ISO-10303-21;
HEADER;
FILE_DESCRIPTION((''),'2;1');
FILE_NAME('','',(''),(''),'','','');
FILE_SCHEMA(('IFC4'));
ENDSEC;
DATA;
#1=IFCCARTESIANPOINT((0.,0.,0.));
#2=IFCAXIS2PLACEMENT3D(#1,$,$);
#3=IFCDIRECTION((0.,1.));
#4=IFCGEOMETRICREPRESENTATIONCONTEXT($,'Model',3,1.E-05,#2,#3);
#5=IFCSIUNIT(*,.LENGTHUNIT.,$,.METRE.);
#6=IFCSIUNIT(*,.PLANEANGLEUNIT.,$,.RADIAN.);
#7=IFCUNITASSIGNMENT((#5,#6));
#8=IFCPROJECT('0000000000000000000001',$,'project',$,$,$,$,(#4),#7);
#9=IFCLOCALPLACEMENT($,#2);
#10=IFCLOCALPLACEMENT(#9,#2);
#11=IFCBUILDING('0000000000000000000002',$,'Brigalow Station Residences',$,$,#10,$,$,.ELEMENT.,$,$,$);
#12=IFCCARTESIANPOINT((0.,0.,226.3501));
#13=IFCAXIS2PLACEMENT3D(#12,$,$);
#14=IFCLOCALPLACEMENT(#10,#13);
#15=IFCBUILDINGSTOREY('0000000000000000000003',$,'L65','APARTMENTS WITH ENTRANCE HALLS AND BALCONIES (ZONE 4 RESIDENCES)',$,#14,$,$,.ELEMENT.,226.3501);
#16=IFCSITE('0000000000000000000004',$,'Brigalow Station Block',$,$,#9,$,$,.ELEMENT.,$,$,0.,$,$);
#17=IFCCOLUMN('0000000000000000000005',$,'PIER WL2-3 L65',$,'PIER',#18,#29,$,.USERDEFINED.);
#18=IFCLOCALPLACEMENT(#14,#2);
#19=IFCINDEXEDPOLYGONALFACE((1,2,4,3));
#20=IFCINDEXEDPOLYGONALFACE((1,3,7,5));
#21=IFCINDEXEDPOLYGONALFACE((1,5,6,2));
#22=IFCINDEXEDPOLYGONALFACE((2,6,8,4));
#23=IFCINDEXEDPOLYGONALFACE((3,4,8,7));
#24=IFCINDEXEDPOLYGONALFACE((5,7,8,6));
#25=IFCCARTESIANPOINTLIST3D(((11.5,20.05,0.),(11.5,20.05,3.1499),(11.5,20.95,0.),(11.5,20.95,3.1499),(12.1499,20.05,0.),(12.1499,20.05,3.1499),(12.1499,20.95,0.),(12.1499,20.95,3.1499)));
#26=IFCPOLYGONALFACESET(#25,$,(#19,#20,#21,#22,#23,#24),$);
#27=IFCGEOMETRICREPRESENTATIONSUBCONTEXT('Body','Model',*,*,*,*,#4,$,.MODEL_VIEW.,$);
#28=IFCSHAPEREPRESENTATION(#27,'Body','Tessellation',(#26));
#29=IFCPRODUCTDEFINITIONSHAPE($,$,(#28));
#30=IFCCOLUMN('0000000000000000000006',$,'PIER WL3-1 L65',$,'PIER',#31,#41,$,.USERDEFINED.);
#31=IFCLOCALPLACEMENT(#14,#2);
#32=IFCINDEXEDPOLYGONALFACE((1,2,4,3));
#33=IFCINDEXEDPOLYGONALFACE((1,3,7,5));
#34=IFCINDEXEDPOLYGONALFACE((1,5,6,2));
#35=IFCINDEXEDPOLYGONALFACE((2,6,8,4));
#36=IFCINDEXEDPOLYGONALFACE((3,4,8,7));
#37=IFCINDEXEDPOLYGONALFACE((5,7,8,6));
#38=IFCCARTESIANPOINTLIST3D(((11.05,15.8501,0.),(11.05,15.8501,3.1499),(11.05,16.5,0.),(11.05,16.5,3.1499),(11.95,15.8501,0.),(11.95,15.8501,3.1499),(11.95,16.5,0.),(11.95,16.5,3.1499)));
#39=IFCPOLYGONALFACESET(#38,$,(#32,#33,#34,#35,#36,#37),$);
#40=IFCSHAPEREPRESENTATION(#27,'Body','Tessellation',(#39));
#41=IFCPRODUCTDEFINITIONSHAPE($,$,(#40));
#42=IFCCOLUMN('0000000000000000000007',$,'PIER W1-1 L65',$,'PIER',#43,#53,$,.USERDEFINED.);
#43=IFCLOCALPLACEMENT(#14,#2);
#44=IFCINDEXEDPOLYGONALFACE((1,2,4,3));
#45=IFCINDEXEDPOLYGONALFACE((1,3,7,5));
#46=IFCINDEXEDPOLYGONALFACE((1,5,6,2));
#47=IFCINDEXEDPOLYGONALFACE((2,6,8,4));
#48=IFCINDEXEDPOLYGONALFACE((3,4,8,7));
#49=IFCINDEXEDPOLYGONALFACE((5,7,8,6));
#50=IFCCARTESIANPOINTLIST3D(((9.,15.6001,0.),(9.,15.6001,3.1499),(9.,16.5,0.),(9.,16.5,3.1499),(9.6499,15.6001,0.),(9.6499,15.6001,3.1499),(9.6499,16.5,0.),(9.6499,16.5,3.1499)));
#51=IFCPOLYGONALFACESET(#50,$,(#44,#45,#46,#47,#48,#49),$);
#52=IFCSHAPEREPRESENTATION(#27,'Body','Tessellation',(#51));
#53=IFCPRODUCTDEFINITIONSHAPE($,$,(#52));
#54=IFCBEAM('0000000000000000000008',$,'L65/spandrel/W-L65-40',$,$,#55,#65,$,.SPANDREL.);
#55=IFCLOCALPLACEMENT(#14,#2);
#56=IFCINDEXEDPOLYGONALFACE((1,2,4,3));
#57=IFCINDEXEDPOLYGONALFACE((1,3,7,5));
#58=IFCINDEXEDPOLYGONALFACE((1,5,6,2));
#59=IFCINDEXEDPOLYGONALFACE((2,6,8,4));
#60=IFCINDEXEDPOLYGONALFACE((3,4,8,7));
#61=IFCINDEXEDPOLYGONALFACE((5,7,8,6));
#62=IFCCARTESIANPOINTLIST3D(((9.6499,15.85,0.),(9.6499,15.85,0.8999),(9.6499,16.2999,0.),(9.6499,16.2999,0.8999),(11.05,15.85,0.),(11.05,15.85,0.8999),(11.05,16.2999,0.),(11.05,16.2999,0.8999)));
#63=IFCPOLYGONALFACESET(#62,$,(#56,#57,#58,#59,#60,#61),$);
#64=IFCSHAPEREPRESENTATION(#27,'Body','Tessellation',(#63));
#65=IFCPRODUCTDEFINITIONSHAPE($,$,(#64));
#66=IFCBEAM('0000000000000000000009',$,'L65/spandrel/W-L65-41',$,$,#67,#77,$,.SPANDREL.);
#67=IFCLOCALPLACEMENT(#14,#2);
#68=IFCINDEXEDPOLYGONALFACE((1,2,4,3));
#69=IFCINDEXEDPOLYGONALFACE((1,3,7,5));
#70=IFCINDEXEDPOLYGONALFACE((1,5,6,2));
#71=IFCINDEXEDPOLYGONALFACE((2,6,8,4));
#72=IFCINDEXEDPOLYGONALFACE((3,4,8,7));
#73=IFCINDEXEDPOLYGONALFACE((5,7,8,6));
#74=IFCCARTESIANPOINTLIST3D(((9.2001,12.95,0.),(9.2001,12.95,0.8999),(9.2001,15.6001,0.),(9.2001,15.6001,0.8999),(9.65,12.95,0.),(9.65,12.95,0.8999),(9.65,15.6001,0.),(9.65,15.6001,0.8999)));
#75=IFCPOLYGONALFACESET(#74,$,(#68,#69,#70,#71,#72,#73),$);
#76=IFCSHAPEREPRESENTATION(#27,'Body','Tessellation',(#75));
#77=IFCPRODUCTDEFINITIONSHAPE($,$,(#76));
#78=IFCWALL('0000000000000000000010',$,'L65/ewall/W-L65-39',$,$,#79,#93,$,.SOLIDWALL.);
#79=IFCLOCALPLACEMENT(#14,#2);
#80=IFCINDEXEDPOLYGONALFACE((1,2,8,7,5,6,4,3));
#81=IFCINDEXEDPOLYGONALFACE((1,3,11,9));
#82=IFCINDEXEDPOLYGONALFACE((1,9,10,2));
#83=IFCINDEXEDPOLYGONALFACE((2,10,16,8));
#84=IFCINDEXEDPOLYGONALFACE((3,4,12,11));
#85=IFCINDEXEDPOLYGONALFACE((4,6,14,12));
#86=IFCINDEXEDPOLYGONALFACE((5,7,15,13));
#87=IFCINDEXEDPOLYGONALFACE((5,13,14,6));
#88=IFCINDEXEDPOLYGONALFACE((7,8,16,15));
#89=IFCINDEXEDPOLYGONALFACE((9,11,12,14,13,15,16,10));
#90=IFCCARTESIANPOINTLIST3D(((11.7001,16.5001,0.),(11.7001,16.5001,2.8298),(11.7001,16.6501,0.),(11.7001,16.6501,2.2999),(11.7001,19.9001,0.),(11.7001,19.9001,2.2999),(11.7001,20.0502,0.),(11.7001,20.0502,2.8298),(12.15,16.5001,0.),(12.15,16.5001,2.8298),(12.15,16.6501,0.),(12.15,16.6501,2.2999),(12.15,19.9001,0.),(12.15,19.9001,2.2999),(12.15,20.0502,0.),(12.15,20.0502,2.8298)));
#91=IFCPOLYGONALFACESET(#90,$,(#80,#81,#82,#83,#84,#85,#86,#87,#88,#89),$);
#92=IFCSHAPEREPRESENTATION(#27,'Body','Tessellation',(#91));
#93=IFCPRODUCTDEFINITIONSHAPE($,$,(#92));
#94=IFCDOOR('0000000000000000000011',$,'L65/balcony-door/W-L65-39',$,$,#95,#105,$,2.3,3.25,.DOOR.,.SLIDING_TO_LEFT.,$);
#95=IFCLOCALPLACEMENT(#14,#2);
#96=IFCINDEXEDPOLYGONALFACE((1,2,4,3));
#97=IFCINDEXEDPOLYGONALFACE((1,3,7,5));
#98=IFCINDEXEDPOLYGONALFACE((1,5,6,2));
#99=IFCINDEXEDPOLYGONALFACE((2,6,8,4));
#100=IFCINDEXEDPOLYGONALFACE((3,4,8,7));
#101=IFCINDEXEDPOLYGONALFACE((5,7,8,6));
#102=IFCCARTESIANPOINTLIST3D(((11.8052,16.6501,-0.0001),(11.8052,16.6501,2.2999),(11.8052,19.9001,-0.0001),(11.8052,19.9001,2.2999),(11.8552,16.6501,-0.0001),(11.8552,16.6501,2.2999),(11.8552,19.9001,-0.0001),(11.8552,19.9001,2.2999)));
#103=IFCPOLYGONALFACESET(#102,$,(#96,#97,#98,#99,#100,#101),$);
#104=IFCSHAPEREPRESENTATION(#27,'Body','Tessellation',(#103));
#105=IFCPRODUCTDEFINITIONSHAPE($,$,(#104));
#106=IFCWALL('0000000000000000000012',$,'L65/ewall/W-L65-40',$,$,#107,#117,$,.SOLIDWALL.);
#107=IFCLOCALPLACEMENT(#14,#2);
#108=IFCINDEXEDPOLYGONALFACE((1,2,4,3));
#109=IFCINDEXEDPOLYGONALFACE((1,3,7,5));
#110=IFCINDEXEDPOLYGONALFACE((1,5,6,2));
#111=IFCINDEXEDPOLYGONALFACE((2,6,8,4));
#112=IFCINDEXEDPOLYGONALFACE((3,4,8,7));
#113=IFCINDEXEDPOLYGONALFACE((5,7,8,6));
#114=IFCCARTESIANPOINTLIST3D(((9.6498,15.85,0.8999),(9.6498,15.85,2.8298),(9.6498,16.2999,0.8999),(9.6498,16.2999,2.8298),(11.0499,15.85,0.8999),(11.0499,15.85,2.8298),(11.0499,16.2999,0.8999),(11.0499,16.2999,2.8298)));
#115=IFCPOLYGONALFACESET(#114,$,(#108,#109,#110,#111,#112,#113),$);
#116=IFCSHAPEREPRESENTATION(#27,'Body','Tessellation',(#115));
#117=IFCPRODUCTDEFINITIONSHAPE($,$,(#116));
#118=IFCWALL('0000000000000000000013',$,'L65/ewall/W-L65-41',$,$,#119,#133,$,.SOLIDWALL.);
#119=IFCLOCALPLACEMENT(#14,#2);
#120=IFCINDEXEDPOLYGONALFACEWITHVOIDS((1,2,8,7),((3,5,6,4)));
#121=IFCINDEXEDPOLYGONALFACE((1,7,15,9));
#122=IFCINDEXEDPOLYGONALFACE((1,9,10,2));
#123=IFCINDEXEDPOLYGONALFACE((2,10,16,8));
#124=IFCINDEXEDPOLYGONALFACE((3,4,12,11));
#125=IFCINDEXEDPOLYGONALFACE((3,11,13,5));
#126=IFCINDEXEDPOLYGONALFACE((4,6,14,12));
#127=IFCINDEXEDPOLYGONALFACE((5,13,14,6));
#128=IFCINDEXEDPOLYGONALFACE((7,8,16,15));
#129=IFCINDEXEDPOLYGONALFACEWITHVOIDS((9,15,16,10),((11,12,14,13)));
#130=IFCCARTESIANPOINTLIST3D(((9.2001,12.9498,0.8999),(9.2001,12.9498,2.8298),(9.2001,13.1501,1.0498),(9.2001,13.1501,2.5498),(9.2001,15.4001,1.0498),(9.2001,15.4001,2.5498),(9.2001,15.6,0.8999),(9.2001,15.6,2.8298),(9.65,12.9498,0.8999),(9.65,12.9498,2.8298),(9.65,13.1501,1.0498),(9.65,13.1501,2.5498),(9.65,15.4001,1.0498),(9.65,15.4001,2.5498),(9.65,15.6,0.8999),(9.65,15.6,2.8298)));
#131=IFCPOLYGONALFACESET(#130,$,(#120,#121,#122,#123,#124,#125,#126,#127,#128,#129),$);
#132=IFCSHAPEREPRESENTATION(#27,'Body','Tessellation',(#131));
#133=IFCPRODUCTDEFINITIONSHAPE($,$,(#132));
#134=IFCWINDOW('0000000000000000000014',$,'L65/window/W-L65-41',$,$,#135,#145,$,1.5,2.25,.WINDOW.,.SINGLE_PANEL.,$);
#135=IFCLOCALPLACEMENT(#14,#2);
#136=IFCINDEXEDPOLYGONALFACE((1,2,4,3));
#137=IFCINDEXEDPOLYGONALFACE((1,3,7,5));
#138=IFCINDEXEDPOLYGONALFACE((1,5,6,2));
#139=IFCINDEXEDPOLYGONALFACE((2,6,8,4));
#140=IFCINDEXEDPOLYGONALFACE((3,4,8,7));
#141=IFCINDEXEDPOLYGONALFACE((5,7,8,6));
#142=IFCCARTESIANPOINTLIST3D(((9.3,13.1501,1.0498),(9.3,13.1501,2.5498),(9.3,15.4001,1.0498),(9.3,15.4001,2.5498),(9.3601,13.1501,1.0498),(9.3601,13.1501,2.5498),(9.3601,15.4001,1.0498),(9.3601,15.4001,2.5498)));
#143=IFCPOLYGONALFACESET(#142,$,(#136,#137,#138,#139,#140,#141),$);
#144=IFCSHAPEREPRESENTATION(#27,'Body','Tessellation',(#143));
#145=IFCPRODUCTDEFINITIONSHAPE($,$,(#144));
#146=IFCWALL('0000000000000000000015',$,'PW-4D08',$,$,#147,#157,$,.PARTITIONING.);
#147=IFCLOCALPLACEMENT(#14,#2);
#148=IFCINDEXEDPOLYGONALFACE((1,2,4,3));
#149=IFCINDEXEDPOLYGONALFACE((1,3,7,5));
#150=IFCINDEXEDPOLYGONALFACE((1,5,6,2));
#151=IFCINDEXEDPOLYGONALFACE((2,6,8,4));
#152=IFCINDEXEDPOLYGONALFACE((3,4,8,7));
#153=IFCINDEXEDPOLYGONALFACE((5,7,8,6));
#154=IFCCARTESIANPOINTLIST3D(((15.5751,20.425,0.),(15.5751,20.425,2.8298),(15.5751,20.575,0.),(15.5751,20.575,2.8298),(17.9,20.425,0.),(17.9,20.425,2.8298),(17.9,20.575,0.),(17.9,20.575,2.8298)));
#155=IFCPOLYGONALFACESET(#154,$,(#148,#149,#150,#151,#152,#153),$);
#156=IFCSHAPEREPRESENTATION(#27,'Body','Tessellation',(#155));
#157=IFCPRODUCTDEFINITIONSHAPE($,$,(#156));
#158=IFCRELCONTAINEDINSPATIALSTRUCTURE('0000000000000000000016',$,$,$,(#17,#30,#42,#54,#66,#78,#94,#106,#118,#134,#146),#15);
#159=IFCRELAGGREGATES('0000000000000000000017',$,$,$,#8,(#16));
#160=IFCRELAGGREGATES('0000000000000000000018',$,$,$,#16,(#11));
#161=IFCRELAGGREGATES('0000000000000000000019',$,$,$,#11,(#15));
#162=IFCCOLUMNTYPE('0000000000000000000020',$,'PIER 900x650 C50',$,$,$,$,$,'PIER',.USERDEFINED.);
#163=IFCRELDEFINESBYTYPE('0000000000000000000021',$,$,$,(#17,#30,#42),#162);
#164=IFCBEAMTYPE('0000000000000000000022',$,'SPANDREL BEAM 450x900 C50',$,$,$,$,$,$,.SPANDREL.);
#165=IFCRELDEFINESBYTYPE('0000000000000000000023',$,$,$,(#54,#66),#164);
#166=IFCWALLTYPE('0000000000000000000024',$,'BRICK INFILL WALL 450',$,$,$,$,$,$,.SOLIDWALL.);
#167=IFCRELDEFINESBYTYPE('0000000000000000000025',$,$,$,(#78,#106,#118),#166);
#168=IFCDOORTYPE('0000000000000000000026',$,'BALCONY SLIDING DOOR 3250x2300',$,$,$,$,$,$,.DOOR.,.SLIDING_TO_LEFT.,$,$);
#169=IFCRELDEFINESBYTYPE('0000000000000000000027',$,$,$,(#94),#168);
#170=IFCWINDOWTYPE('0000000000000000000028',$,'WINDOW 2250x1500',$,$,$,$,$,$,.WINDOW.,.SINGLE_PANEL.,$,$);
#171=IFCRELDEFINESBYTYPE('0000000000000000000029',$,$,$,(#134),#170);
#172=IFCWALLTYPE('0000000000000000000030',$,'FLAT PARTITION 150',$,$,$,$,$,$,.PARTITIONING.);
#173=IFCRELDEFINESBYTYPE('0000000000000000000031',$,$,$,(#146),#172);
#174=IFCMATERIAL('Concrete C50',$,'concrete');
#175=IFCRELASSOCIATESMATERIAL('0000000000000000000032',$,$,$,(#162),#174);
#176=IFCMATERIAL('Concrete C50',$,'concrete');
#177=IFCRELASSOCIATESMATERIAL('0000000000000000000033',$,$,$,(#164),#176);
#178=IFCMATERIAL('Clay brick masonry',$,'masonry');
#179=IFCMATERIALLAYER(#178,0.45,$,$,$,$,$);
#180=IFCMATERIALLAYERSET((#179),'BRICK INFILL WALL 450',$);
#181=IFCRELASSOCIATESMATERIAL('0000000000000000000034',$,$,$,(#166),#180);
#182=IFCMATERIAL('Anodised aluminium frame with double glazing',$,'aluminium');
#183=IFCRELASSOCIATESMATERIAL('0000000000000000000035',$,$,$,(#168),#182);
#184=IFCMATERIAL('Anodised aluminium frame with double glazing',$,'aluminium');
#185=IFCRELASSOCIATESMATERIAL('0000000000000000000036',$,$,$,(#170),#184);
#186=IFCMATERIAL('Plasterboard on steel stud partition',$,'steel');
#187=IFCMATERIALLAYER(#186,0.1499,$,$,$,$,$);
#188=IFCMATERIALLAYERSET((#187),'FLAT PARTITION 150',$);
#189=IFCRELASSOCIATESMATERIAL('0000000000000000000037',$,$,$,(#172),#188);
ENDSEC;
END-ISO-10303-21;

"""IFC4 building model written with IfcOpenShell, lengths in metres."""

from ifc_helpers import new_model, si_unit, direction, frame, frame_2d, origin, origin_2d, place, context, subcontext, project, spatial, rectangle, extrude, material, layer, layer_set, material_profile, profile_set, type_object, element, fill, save


model = new_model("IFC4")

# Units and contexts
model_context = context("Model", 3, precision=1e-05, world=origin(), true_north=direction((0.0, 1.0)))
body_context = subcontext(model_context, "Body", "Model", "MODEL_VIEW")
ifc_project = project(units=[si_unit("LENGTHUNIT", "METRE"), si_unit("PLANEANGLEUNIT", "RADIAN")], contexts=[model_context])

# Site, building, storey
site_placement = place(None, origin())
site = spatial("IfcSite", under=ifc_project, at=site_placement, Name="Brigalow Station Block", CompositionType="ELEMENT", RefElevation=0.0)
building_placement = place(site_placement, origin())
building = spatial("IfcBuilding", under=site, at=building_placement, Name="Brigalow Station Residences", CompositionType="ELEMENT")
storey_placement = place(building_placement, frame((0.0, 0.0, 226.3501)))
storey = spatial("IfcBuildingStorey", under=building, at=storey_placement, Name="L65", Description="APARTMENTS WITH ENTRANCE HALLS AND BALCONIES (ZONE 4 RESIDENCES)", CompositionType="ELEMENT", Elevation=226.3501)

# Columns
ifc_material_1 = material(Name="Concrete C50", Category="concrete")
ifc_material_profile_1 = material_profile(ifc_material_1, rectangle(XDim=0.8999, YDim=0.6499, at=origin_2d()), Name="RC900x650")
ifc_profile_set_1 = profile_set([ifc_material_profile_1], Name="Concrete C50")
column_type = type_object("IfcColumnType", Name="PIER 900x650 C50", ElementType="PIER", PredefinedType="USERDEFINED", material=ifc_profile_set_1)
for number, where, z_axis, x_axis, name in (
    (1, (11.825, 20.5, 0.0), (0.0, 0.0, 1.0), (0.0, -1.0, 0.0), "PIER WL2-3 L65"),
    (2, (11.5, 16.175, 0.0), (0.0, 0.0, 1.0), (-1.0, 0.0, 0.0), "PIER WL3-1 L65"),
    (3, (9.325, 16.05, 0.0), (0.0, 0.0, 1.0), (0.0, -1.0, 0.0), "PIER W1-1 L65"),
):
    element("IfcColumn", number, at=place(storey_placement, frame(where, z_axis=z_axis, x_axis=x_axis)), inside=storey, type_object=column_type, Name=name, ObjectType="PIER", PredefinedType="USERDEFINED", context=body_context, shape_type="SweptSolid", body=[
        extrude(rectangle(XDim=0.8999, YDim=0.6499, at=origin_2d()), origin(), (0.0, 0.0, 1.0), 3.1499),
    ])

# Beams
ifc_material_2 = material(Name="Concrete C50", Category="concrete")
ifc_material_profile_2 = material_profile(ifc_material_2, rectangle(XDim=0.45, YDim=0.8999, at=origin_2d()), Name="RC450x900")
ifc_profile_set_2 = profile_set([ifc_material_profile_2], Name="Concrete C50")
beam_type = type_object("IfcBeamType", Name="SPANDREL BEAM 450x900 C50", PredefinedType="SPANDREL", material=ifc_profile_set_2)
beam_1_placement = place(storey_placement, frame((11.05, 16.075, 0.45), z_axis=(-1.0, 0.0, 0.0), x_axis=(0.0, -1.0, 0.0)))
element("IfcBeam", 4, at=beam_1_placement, inside=storey, type_object=beam_type, Name="L65/spandrel/W-L65-40", PredefinedType="SPANDREL", context=body_context, shape_type="SweptSolid", body=[
    extrude(rectangle(XDim=0.45, YDim=0.8999, at=origin_2d()), origin(), (0.0, 0.0, 1.0), 1.4001),
])
beam_2_placement = place(storey_placement, frame((9.425, 15.6001, 0.45), z_axis=(0.0, -1.0, 0.0), x_axis=(1.0, 0.0, 0.0)))
element("IfcBeam", 5, at=beam_2_placement, inside=storey, type_object=beam_type, Name="L65/spandrel/W-L65-41", PredefinedType="SPANDREL", context=body_context, shape_type="SweptSolid", body=[
    extrude(rectangle(XDim=0.45, YDim=0.8999, at=origin_2d()), origin(), (0.0, 0.0, 1.0), 2.6501),
])

# Wall, opening, door
ifc_material_3 = material(Name="Clay brick masonry", Category="masonry")
ifc_layer_1 = layer(ifc_material_3, 0.45)
ifc_layer_set_1 = layer_set([ifc_layer_1], Name="BRICK INFILL WALL 450")
wall_type_1 = type_object("IfcWallType", Name="BRICK INFILL WALL 450", PredefinedType="SOLIDWALL", material=ifc_layer_set_1)
wall_1_placement = place(storey_placement, frame((11.925, 20.05, 0.0), z_axis=(0.0, 0.0, 1.0), x_axis=(0.0, -1.0, 0.0)))
wall_1 = element("IfcWall", 6, at=wall_1_placement, inside=storey, type_object=wall_type_1, Name="L65/ewall/W-L65-39", PredefinedType="SOLIDWALL", context=body_context, shape_type="SweptSolid", body=[
    extrude(rectangle(XDim=3.55, YDim=0.45, at=frame_2d((1.7749, 0.0))), origin(), (0.0, 0.0, 1.0), 2.8298),
])
opening_1_placement = place(wall_1_placement, frame((0.1499, 0.0, 0.0)))
opening_1 = element("IfcOpeningElement", 7, at=opening_1_placement, cuts=wall_1, PredefinedType="OPENING", context=body_context, shape_type="SweptSolid", body=[
    extrude(rectangle(XDim=3.25, YDim=2.3, at=frame_2d((1.625, 1.1499))), frame((0.0, 0.2349, 0.0), z_axis=(0.0, -1.0, 0.0), x_axis=(1.0, 0.0, 0.0)), (0.0, 0.0, 1.0), 0.47),
])
ifc_material_4 = material(Name="Anodised aluminium frame with double glazing", Category="aluminium")
door_type_1 = type_object("IfcDoorType", Name="BALCONY SLIDING DOOR 3250x2300", OperationType="SLIDING_TO_LEFT", PredefinedType="DOOR", material=ifc_material_4)
door_1_placement = place(opening_1_placement, origin())
door_1 = element("IfcDoor", 8, at=door_1_placement, inside=storey, type_object=door_type_1, Name="L65/balcony-door/W-L65-39", OperationType="SLIDING_TO_LEFT", OverallHeight=2.3, OverallWidth=3.25, PredefinedType="DOOR", context=body_context, shape_type="SweptSolid", body=[
    extrude(rectangle(XDim=3.25, YDim=2.3, at=frame_2d((1.625, 1.1499))), frame((0.0, -0.0698, 0.0), z_axis=(0.0, -1.0, 0.0), x_axis=(1.0, 0.0, 0.0)), (0.0, 0.0, 1.0), 0.05),
])
fill(opening_1, door_1)

# Wall
wall_2_placement = place(storey_placement, frame((11.05, 16.075, 0.8999), z_axis=(0.0, 0.0, 1.0), x_axis=(-1.0, 0.0, 0.0)))
element("IfcWall", 9, at=wall_2_placement, inside=storey, type_object=wall_type_1, Name="L65/ewall/W-L65-40", PredefinedType="SOLIDWALL", context=body_context, shape_type="SweptSolid", body=[
    extrude(rectangle(XDim=1.4001, YDim=0.45, at=frame_2d((0.7002, 0.0))), origin(), (0.0, 0.0, 1.0), 1.9299),
])

# Wall, opening, window
wall_3_placement = place(storey_placement, frame((9.425, 15.6001, 0.8999), z_axis=(0.0, 0.0, 1.0), x_axis=(0.0, -1.0, 0.0)))
wall_3 = element("IfcWall", 10, at=wall_3_placement, inside=storey, type_object=wall_type_1, Name="L65/ewall/W-L65-41", PredefinedType="SOLIDWALL", context=body_context, shape_type="SweptSolid", body=[
    extrude(rectangle(XDim=2.6501, YDim=0.45, at=frame_2d((1.3252, 0.0))), origin(), (0.0, 0.0, 1.0), 1.9299),
])
opening_2_placement = place(wall_3_placement, frame((0.2, 0.0, 0.1499)))
opening_2 = element("IfcOpeningElement", 11, at=opening_2_placement, cuts=wall_3, PredefinedType="OPENING", context=body_context, shape_type="SweptSolid", body=[
    extrude(rectangle(XDim=2.25, YDim=1.5, at=frame_2d((1.125, 0.75))), frame((0.0, 0.2349, 0.0), z_axis=(0.0, -1.0, 0.0), x_axis=(1.0, 0.0, 0.0)), (0.0, 0.0, 1.0), 0.47),
])
ifc_material_5 = material(Name="Anodised aluminium frame with double glazing", Category="aluminium")
window_type = type_object("IfcWindowType", Name="WINDOW 2250x1500", PartitioningType="SINGLE_PANEL", PredefinedType="WINDOW", material=ifc_material_5)
window_placement = place(opening_2_placement, origin())
window = element("IfcWindow", 12, at=window_placement, inside=storey, type_object=window_type, Name="L65/window/W-L65-41", OverallHeight=1.5, OverallWidth=2.25, PartitioningType="SINGLE_PANEL", PredefinedType="WINDOW", context=body_context, shape_type="SweptSolid", body=[
    extrude(rectangle(XDim=2.25, YDim=1.5, at=frame_2d((1.125, 0.75))), frame((0.0, -0.0649, 0.0), z_axis=(0.0, -1.0, 0.0), x_axis=(1.0, 0.0, 0.0)), (0.0, 0.0, 1.0), 0.0601),
])
fill(opening_2, window)

# Wall
ifc_material_6 = material(Name="Plasterboard on steel stud partition", Category="steel")
ifc_layer_2 = layer(ifc_material_6, 0.1499)
ifc_layer_set_2 = layer_set([ifc_layer_2], Name="FLAT PARTITION 150")
wall_type_2 = type_object("IfcWallType", Name="FLAT PARTITION 150", PredefinedType="PARTITIONING", material=ifc_layer_set_2)
wall_4_placement = place(storey_placement, frame((15.575, 20.5, 0.0), z_axis=(0.0, 0.0, 1.0), x_axis=(1.0, 0.0, 0.0)))
element("IfcWall", 13, at=wall_4_placement, inside=storey, type_object=wall_type_2, Name="PW-4D08", PredefinedType="PARTITIONING", context=body_context, shape_type="SweptSolid", body=[
    extrude(rectangle(XDim=2.325, YDim=0.1499, at=frame_2d((1.1626, 0.0))), origin(), (0.0, 0.0, 1.0), 2.8298),
])

save(model, "model.ifc")
